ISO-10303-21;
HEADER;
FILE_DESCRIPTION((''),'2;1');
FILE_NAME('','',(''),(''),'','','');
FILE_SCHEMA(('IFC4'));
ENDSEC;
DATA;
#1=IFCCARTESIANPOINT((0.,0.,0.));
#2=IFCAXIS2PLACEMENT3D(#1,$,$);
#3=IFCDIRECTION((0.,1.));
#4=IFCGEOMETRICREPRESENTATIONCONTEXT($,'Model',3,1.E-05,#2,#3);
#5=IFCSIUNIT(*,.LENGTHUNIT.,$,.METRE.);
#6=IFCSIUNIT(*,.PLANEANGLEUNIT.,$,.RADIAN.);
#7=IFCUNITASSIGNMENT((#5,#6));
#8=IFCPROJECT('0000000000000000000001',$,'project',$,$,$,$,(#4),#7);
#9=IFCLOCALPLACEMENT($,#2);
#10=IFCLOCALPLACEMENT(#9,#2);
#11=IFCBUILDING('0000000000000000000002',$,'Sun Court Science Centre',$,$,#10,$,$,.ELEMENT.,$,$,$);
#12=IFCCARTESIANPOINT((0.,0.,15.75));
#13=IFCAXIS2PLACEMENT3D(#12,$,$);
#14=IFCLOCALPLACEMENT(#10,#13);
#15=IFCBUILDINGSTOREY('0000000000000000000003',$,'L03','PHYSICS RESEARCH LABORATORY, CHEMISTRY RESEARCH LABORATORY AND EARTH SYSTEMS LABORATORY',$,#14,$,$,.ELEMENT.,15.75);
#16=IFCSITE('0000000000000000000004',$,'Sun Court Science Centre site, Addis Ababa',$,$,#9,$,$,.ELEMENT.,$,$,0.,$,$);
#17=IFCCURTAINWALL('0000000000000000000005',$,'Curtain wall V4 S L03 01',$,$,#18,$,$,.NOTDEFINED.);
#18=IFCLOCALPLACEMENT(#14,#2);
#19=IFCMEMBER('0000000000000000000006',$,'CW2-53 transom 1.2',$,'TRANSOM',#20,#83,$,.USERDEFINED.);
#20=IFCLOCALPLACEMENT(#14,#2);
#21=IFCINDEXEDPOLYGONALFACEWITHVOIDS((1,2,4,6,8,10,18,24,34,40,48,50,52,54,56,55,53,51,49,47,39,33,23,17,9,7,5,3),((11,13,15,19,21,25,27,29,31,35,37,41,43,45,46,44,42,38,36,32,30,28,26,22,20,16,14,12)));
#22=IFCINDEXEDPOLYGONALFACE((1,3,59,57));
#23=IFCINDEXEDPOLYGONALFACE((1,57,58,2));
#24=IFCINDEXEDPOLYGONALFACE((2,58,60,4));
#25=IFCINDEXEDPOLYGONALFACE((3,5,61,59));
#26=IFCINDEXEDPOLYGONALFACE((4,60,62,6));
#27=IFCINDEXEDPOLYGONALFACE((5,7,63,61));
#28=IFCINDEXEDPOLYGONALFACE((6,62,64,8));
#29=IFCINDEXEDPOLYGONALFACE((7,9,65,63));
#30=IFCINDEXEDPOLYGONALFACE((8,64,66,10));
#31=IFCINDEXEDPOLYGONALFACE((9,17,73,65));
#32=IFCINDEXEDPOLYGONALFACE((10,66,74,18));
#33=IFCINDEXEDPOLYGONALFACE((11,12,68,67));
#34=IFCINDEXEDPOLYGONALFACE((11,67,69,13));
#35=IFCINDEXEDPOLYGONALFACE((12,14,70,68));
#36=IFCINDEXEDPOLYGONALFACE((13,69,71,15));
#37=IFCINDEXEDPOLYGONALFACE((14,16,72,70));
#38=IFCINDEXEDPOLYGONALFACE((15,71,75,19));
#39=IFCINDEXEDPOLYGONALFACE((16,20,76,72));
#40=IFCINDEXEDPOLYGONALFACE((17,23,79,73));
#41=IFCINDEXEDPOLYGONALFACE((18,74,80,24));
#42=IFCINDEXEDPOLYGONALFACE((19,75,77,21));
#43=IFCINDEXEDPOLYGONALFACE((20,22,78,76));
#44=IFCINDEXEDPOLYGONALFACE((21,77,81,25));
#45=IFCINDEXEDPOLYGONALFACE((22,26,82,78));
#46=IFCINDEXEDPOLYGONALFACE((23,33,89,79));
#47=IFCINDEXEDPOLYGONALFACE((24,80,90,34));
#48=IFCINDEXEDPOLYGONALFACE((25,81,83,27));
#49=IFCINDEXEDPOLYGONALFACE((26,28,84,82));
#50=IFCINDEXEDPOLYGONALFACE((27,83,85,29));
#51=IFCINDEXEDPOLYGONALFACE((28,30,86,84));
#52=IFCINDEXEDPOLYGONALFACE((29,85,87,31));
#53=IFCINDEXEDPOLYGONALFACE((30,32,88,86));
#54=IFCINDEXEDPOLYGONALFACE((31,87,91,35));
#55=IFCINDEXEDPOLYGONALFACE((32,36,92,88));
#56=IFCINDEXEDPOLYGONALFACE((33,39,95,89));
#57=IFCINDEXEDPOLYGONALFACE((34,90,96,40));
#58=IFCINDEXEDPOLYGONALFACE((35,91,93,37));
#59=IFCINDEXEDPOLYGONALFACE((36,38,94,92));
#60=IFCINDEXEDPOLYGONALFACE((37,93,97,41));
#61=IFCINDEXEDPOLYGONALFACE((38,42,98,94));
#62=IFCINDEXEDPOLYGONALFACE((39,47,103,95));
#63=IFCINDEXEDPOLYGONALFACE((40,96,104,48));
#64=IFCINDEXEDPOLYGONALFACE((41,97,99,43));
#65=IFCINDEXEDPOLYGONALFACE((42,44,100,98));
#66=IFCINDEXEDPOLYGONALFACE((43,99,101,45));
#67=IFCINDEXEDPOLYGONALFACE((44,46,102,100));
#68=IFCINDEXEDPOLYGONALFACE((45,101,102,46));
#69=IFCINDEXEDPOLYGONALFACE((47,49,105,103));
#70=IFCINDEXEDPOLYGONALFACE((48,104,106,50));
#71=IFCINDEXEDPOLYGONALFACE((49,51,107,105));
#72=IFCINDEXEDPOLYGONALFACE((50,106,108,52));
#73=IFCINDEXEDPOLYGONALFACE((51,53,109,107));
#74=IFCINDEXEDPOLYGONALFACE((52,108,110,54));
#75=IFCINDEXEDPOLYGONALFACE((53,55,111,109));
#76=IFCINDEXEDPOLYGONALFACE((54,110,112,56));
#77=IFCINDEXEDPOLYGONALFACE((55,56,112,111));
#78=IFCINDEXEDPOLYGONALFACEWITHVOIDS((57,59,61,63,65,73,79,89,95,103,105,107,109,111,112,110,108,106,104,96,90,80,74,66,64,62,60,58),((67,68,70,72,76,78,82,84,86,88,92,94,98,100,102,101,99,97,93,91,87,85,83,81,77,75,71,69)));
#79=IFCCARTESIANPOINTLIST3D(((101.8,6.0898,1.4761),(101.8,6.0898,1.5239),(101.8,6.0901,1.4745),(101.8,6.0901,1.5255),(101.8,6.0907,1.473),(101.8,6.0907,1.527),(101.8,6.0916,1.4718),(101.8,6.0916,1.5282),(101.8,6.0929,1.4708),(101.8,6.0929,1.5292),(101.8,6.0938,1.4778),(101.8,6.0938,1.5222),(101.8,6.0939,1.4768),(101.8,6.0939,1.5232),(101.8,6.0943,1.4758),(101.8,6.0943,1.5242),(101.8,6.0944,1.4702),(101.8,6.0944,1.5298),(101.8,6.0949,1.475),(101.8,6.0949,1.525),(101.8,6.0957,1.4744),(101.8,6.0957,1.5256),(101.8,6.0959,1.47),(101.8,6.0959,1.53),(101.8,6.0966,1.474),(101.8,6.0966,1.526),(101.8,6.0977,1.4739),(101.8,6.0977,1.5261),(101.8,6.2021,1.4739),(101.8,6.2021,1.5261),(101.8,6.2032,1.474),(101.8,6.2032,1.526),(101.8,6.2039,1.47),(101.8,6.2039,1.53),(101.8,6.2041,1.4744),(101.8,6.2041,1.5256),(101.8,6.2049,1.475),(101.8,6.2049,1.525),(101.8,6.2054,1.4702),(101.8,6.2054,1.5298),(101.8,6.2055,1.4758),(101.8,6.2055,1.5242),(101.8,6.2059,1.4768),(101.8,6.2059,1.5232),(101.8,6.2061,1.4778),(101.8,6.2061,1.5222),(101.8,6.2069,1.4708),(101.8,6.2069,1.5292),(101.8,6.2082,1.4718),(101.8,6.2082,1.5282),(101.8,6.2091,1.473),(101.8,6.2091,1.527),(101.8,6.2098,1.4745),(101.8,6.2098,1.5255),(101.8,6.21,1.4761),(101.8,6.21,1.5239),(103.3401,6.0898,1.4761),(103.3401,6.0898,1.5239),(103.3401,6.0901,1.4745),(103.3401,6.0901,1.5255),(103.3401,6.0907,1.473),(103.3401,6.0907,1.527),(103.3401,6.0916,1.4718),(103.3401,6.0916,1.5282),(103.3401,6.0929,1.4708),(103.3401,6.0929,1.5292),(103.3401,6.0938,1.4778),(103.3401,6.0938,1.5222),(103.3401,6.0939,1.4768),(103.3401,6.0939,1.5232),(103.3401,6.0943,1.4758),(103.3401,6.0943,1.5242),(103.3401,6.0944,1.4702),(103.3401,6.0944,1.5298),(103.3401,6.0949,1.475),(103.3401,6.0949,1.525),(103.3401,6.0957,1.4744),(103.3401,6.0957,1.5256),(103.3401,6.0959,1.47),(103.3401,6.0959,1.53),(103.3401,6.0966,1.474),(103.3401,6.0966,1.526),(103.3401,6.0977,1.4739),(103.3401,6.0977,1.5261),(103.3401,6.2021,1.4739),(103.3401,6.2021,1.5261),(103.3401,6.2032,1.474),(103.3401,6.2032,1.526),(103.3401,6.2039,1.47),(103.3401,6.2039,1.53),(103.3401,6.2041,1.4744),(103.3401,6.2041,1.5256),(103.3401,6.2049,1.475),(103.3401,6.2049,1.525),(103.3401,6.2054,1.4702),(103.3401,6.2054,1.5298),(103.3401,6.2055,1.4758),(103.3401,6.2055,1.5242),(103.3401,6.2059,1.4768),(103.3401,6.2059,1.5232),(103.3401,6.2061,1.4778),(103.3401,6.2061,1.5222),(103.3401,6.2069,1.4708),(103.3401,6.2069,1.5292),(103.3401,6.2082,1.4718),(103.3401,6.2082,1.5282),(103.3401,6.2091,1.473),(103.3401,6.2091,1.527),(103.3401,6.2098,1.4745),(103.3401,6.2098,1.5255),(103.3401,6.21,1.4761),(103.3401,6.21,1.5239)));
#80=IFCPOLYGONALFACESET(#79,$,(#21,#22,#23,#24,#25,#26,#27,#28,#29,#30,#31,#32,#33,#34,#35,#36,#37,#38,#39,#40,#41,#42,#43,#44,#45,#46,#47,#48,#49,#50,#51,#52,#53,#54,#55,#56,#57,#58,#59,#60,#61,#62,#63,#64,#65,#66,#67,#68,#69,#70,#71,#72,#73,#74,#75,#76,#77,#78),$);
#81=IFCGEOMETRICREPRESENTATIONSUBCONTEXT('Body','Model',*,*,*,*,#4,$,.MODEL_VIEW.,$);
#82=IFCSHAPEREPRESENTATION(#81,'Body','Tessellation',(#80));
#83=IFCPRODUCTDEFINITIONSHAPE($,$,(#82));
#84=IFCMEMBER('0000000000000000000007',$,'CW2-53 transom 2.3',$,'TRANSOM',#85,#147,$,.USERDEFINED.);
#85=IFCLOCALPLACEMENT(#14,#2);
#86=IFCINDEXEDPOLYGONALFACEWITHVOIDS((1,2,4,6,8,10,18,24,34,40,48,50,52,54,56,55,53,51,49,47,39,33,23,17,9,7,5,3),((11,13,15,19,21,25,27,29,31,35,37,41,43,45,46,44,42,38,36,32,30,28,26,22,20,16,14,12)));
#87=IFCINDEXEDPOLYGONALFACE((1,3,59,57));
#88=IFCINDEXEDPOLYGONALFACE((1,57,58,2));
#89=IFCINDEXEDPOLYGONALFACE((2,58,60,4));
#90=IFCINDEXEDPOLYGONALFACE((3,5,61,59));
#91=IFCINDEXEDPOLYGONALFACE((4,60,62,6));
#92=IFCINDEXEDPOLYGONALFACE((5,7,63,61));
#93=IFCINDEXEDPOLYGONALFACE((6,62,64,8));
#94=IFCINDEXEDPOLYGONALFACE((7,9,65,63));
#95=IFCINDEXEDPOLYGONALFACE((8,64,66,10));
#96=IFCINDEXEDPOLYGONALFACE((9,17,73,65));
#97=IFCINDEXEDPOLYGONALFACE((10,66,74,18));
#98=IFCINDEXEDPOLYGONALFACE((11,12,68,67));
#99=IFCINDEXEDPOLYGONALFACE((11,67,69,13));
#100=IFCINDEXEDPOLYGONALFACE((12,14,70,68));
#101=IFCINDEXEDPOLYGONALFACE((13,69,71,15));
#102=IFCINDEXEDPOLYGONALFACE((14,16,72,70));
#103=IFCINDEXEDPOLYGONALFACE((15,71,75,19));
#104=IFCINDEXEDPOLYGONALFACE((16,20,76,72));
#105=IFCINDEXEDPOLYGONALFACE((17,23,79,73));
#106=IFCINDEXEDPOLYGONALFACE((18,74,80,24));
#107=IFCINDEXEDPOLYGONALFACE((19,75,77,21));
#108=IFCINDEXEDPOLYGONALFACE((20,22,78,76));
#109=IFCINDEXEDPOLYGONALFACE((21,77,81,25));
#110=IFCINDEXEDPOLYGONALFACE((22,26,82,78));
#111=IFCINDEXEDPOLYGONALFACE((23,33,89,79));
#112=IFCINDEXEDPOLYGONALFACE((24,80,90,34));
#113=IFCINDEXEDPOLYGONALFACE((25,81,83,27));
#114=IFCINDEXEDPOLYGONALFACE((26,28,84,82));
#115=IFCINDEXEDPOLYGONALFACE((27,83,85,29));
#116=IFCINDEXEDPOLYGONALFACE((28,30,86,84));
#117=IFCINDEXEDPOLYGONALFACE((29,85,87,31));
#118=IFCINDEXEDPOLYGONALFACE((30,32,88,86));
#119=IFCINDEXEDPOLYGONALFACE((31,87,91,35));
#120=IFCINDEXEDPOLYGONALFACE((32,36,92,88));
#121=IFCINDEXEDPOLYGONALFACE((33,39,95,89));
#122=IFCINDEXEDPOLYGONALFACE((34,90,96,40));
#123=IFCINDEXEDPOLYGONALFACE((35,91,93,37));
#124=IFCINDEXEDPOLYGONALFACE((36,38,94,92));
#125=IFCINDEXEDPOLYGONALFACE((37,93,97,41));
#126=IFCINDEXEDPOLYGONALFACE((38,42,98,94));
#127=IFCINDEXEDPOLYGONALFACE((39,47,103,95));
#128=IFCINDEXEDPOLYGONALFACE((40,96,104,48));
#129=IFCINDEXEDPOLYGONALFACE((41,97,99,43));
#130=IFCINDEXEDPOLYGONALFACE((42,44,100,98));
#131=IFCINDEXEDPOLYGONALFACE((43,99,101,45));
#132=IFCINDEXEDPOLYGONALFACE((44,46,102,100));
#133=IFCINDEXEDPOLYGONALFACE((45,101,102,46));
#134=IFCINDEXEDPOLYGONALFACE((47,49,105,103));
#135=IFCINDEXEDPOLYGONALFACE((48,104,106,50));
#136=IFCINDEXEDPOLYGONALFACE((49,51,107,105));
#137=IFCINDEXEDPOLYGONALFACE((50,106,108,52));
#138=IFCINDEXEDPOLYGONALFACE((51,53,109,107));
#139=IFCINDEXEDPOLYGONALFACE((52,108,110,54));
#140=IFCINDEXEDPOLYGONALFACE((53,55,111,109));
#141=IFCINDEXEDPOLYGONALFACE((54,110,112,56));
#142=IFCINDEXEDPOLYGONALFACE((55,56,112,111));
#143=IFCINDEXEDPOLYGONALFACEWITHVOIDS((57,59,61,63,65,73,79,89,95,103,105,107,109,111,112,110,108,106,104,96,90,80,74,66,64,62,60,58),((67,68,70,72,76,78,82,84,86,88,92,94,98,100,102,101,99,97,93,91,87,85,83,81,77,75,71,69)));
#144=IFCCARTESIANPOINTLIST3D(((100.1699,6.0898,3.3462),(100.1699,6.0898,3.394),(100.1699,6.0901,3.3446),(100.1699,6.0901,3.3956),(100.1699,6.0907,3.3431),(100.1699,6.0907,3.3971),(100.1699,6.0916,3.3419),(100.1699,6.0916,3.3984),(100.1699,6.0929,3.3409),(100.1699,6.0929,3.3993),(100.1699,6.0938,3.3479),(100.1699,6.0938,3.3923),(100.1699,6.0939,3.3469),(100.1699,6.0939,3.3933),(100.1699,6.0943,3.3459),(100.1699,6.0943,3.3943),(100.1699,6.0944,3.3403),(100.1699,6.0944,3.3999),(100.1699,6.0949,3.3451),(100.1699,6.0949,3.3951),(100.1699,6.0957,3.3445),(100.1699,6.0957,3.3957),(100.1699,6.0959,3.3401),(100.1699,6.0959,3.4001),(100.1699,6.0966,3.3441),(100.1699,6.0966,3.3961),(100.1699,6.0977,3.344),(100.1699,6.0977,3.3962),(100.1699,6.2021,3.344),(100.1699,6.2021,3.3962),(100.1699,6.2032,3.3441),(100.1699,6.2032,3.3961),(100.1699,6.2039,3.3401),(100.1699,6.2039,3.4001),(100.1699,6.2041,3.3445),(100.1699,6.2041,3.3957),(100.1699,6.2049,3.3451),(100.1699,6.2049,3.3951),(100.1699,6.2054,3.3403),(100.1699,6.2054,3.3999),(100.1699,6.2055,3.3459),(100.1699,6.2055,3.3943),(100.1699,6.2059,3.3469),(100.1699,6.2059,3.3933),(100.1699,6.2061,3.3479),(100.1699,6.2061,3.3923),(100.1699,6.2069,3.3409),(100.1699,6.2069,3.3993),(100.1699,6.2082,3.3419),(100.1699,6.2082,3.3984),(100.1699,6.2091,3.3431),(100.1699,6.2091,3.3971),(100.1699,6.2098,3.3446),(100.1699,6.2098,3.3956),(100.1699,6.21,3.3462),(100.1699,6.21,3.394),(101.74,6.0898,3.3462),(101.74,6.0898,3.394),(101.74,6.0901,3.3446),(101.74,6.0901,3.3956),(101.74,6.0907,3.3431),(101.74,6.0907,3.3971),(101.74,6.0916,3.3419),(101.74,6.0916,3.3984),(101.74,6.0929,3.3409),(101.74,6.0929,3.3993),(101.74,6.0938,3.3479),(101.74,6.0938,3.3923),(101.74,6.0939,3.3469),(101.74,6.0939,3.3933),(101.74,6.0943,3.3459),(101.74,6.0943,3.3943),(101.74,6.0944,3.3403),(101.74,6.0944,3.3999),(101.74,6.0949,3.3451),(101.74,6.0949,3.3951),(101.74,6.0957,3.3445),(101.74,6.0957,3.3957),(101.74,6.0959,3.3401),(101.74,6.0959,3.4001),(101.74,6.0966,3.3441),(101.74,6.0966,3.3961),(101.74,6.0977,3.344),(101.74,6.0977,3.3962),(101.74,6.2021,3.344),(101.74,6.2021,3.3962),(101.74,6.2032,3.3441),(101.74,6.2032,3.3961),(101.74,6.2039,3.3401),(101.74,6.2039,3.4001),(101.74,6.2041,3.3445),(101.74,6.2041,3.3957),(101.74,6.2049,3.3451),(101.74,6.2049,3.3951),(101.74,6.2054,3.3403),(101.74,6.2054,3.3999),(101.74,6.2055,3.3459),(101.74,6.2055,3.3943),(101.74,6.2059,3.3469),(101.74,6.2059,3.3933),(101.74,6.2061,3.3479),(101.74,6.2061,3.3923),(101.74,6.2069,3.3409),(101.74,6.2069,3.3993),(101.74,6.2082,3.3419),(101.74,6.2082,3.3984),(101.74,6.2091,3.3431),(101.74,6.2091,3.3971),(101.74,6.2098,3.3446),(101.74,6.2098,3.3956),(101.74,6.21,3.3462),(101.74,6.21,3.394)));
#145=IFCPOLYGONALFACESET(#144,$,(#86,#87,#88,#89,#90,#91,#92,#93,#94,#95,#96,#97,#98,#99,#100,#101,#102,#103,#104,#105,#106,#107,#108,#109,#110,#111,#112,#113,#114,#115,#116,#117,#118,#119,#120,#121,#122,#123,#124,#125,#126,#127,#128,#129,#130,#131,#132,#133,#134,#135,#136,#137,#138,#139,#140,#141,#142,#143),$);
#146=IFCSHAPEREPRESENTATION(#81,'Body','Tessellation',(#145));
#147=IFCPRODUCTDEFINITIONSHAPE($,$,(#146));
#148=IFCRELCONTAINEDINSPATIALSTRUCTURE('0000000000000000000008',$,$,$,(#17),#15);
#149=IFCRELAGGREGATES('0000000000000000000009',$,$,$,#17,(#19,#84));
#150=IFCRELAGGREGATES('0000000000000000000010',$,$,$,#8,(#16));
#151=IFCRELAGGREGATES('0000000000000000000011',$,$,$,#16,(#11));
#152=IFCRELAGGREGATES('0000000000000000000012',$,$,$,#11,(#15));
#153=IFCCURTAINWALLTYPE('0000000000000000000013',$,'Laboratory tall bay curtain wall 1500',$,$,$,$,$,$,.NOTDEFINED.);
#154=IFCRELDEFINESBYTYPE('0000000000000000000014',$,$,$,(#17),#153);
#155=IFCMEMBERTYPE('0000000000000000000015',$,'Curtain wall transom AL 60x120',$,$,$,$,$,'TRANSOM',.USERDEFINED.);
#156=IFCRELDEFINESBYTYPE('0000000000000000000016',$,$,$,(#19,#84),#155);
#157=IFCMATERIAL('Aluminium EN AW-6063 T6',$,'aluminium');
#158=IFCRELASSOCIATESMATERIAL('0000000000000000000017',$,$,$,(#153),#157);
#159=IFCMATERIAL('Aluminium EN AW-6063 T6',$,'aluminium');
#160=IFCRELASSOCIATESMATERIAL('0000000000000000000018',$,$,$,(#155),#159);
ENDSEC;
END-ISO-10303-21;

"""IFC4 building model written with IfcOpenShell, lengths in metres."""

from ifc_helpers import new_model, si_unit, direction, frame, origin, origin_2d, place, context, subcontext, project, spatial, hollow_rectangle, extrude, material, material_profile, profile_set, type_object, element, aggregate, save


model = new_model("IFC4")

# Units and contexts
model_context = context("Model", 3, precision=1e-05, world=origin(), true_north=direction((0.0, 1.0)))
body_context = subcontext(model_context, "Body", "Model", "MODEL_VIEW")
ifc_project = project(units=[si_unit("LENGTHUNIT", "METRE"), si_unit("PLANEANGLEUNIT", "RADIAN")], contexts=[model_context])

# Site, building, storey
site_placement = place(None, origin())
site = spatial("IfcSite", under=ifc_project, at=site_placement, Name="Sun Court Science Centre site, Addis Ababa", CompositionType="ELEMENT", RefElevation=0.0)
building_placement = place(site_placement, origin())
building = spatial("IfcBuilding", under=site, at=building_placement, Name="Sun Court Science Centre", CompositionType="ELEMENT")
storey_placement = place(building_placement, frame((0.0, 0.0, 15.75)))
storey = spatial("IfcBuildingStorey", under=building, at=storey_placement, Name="L03", Description="PHYSICS RESEARCH LABORATORY, CHEMISTRY RESEARCH LABORATORY AND EARTH SYSTEMS LABORATORY", CompositionType="ELEMENT", Elevation=15.75)

# Curtain wall, members
ifc_material_1 = material(Name="Aluminium EN AW-6063 T6", Category="aluminium")
curtain_wall_type = type_object("IfcCurtainWallType", Name="Laboratory tall bay curtain wall 1500", PredefinedType="NOTDEFINED", material=ifc_material_1)
curtain_wall_placement = place(storey_placement, origin())
curtain_wall = element("IfcCurtainWall", 1, at=curtain_wall_placement, inside=storey, type_object=curtain_wall_type, Name="Curtain wall V4 S L03 01", PredefinedType="NOTDEFINED")
ifc_material_2 = material(Name="Aluminium EN AW-6063 T6", Category="aluminium")
ifc_material_profile_1 = material_profile(ifc_material_2, hollow_rectangle(XDim=0.0601, YDim=0.1201, WallThickness=0.0039, InnerFilletRadius=0.0039, OuterFilletRadius=0.0061, at=origin_2d()), Name="AL 60x120x4")
ifc_profile_set_1 = profile_set([ifc_material_profile_1], Name="Aluminium EN AW-6063 T6")
member_type_1 = type_object("IfcMemberType", Name="Curtain wall transom AL 60x120", ElementType="TRANSOM", PredefinedType="USERDEFINED", material=ifc_profile_set_1)
member_1_placement = place(storey_placement, frame((103.3401, 6.1499, 1.5), z_axis=(-1.0, 0.0, 0.0), x_axis=(0.0, 0.0, 1.0)))
member_1 = element("IfcMember", 2, at=member_1_placement, type_object=member_type_1, Name="CW2-53 transom 1.2", ObjectType="TRANSOM", PredefinedType="USERDEFINED", context=body_context, shape_type="SweptSolid", body=[
    extrude(hollow_rectangle(XDim=0.0601, YDim=0.1201, WallThickness=0.0039, InnerFilletRadius=0.0039, OuterFilletRadius=0.0061, at=origin_2d()), origin(), (0.0, 0.0, 1.0), 1.54),
])
member_2_placement = place(storey_placement, frame((101.74, 6.1499, 3.3701), z_axis=(-1.0, 0.0, 0.0), x_axis=(0.0, 0.0, 1.0)))
member_2 = element("IfcMember", 3, at=member_2_placement, type_object=member_type_1, Name="CW2-53 transom 2.3", ObjectType="TRANSOM", PredefinedType="USERDEFINED", context=body_context, shape_type="SweptSolid", body=[
    extrude(hollow_rectangle(XDim=0.0601, YDim=0.1201, WallThickness=0.0039, InnerFilletRadius=0.0039, OuterFilletRadius=0.0061, at=origin_2d()), origin(), (0.0, 0.0, 1.0), 1.5701),
])

aggregate(curtain_wall, [member_1, member_2])

save(model, "model.ifc")
